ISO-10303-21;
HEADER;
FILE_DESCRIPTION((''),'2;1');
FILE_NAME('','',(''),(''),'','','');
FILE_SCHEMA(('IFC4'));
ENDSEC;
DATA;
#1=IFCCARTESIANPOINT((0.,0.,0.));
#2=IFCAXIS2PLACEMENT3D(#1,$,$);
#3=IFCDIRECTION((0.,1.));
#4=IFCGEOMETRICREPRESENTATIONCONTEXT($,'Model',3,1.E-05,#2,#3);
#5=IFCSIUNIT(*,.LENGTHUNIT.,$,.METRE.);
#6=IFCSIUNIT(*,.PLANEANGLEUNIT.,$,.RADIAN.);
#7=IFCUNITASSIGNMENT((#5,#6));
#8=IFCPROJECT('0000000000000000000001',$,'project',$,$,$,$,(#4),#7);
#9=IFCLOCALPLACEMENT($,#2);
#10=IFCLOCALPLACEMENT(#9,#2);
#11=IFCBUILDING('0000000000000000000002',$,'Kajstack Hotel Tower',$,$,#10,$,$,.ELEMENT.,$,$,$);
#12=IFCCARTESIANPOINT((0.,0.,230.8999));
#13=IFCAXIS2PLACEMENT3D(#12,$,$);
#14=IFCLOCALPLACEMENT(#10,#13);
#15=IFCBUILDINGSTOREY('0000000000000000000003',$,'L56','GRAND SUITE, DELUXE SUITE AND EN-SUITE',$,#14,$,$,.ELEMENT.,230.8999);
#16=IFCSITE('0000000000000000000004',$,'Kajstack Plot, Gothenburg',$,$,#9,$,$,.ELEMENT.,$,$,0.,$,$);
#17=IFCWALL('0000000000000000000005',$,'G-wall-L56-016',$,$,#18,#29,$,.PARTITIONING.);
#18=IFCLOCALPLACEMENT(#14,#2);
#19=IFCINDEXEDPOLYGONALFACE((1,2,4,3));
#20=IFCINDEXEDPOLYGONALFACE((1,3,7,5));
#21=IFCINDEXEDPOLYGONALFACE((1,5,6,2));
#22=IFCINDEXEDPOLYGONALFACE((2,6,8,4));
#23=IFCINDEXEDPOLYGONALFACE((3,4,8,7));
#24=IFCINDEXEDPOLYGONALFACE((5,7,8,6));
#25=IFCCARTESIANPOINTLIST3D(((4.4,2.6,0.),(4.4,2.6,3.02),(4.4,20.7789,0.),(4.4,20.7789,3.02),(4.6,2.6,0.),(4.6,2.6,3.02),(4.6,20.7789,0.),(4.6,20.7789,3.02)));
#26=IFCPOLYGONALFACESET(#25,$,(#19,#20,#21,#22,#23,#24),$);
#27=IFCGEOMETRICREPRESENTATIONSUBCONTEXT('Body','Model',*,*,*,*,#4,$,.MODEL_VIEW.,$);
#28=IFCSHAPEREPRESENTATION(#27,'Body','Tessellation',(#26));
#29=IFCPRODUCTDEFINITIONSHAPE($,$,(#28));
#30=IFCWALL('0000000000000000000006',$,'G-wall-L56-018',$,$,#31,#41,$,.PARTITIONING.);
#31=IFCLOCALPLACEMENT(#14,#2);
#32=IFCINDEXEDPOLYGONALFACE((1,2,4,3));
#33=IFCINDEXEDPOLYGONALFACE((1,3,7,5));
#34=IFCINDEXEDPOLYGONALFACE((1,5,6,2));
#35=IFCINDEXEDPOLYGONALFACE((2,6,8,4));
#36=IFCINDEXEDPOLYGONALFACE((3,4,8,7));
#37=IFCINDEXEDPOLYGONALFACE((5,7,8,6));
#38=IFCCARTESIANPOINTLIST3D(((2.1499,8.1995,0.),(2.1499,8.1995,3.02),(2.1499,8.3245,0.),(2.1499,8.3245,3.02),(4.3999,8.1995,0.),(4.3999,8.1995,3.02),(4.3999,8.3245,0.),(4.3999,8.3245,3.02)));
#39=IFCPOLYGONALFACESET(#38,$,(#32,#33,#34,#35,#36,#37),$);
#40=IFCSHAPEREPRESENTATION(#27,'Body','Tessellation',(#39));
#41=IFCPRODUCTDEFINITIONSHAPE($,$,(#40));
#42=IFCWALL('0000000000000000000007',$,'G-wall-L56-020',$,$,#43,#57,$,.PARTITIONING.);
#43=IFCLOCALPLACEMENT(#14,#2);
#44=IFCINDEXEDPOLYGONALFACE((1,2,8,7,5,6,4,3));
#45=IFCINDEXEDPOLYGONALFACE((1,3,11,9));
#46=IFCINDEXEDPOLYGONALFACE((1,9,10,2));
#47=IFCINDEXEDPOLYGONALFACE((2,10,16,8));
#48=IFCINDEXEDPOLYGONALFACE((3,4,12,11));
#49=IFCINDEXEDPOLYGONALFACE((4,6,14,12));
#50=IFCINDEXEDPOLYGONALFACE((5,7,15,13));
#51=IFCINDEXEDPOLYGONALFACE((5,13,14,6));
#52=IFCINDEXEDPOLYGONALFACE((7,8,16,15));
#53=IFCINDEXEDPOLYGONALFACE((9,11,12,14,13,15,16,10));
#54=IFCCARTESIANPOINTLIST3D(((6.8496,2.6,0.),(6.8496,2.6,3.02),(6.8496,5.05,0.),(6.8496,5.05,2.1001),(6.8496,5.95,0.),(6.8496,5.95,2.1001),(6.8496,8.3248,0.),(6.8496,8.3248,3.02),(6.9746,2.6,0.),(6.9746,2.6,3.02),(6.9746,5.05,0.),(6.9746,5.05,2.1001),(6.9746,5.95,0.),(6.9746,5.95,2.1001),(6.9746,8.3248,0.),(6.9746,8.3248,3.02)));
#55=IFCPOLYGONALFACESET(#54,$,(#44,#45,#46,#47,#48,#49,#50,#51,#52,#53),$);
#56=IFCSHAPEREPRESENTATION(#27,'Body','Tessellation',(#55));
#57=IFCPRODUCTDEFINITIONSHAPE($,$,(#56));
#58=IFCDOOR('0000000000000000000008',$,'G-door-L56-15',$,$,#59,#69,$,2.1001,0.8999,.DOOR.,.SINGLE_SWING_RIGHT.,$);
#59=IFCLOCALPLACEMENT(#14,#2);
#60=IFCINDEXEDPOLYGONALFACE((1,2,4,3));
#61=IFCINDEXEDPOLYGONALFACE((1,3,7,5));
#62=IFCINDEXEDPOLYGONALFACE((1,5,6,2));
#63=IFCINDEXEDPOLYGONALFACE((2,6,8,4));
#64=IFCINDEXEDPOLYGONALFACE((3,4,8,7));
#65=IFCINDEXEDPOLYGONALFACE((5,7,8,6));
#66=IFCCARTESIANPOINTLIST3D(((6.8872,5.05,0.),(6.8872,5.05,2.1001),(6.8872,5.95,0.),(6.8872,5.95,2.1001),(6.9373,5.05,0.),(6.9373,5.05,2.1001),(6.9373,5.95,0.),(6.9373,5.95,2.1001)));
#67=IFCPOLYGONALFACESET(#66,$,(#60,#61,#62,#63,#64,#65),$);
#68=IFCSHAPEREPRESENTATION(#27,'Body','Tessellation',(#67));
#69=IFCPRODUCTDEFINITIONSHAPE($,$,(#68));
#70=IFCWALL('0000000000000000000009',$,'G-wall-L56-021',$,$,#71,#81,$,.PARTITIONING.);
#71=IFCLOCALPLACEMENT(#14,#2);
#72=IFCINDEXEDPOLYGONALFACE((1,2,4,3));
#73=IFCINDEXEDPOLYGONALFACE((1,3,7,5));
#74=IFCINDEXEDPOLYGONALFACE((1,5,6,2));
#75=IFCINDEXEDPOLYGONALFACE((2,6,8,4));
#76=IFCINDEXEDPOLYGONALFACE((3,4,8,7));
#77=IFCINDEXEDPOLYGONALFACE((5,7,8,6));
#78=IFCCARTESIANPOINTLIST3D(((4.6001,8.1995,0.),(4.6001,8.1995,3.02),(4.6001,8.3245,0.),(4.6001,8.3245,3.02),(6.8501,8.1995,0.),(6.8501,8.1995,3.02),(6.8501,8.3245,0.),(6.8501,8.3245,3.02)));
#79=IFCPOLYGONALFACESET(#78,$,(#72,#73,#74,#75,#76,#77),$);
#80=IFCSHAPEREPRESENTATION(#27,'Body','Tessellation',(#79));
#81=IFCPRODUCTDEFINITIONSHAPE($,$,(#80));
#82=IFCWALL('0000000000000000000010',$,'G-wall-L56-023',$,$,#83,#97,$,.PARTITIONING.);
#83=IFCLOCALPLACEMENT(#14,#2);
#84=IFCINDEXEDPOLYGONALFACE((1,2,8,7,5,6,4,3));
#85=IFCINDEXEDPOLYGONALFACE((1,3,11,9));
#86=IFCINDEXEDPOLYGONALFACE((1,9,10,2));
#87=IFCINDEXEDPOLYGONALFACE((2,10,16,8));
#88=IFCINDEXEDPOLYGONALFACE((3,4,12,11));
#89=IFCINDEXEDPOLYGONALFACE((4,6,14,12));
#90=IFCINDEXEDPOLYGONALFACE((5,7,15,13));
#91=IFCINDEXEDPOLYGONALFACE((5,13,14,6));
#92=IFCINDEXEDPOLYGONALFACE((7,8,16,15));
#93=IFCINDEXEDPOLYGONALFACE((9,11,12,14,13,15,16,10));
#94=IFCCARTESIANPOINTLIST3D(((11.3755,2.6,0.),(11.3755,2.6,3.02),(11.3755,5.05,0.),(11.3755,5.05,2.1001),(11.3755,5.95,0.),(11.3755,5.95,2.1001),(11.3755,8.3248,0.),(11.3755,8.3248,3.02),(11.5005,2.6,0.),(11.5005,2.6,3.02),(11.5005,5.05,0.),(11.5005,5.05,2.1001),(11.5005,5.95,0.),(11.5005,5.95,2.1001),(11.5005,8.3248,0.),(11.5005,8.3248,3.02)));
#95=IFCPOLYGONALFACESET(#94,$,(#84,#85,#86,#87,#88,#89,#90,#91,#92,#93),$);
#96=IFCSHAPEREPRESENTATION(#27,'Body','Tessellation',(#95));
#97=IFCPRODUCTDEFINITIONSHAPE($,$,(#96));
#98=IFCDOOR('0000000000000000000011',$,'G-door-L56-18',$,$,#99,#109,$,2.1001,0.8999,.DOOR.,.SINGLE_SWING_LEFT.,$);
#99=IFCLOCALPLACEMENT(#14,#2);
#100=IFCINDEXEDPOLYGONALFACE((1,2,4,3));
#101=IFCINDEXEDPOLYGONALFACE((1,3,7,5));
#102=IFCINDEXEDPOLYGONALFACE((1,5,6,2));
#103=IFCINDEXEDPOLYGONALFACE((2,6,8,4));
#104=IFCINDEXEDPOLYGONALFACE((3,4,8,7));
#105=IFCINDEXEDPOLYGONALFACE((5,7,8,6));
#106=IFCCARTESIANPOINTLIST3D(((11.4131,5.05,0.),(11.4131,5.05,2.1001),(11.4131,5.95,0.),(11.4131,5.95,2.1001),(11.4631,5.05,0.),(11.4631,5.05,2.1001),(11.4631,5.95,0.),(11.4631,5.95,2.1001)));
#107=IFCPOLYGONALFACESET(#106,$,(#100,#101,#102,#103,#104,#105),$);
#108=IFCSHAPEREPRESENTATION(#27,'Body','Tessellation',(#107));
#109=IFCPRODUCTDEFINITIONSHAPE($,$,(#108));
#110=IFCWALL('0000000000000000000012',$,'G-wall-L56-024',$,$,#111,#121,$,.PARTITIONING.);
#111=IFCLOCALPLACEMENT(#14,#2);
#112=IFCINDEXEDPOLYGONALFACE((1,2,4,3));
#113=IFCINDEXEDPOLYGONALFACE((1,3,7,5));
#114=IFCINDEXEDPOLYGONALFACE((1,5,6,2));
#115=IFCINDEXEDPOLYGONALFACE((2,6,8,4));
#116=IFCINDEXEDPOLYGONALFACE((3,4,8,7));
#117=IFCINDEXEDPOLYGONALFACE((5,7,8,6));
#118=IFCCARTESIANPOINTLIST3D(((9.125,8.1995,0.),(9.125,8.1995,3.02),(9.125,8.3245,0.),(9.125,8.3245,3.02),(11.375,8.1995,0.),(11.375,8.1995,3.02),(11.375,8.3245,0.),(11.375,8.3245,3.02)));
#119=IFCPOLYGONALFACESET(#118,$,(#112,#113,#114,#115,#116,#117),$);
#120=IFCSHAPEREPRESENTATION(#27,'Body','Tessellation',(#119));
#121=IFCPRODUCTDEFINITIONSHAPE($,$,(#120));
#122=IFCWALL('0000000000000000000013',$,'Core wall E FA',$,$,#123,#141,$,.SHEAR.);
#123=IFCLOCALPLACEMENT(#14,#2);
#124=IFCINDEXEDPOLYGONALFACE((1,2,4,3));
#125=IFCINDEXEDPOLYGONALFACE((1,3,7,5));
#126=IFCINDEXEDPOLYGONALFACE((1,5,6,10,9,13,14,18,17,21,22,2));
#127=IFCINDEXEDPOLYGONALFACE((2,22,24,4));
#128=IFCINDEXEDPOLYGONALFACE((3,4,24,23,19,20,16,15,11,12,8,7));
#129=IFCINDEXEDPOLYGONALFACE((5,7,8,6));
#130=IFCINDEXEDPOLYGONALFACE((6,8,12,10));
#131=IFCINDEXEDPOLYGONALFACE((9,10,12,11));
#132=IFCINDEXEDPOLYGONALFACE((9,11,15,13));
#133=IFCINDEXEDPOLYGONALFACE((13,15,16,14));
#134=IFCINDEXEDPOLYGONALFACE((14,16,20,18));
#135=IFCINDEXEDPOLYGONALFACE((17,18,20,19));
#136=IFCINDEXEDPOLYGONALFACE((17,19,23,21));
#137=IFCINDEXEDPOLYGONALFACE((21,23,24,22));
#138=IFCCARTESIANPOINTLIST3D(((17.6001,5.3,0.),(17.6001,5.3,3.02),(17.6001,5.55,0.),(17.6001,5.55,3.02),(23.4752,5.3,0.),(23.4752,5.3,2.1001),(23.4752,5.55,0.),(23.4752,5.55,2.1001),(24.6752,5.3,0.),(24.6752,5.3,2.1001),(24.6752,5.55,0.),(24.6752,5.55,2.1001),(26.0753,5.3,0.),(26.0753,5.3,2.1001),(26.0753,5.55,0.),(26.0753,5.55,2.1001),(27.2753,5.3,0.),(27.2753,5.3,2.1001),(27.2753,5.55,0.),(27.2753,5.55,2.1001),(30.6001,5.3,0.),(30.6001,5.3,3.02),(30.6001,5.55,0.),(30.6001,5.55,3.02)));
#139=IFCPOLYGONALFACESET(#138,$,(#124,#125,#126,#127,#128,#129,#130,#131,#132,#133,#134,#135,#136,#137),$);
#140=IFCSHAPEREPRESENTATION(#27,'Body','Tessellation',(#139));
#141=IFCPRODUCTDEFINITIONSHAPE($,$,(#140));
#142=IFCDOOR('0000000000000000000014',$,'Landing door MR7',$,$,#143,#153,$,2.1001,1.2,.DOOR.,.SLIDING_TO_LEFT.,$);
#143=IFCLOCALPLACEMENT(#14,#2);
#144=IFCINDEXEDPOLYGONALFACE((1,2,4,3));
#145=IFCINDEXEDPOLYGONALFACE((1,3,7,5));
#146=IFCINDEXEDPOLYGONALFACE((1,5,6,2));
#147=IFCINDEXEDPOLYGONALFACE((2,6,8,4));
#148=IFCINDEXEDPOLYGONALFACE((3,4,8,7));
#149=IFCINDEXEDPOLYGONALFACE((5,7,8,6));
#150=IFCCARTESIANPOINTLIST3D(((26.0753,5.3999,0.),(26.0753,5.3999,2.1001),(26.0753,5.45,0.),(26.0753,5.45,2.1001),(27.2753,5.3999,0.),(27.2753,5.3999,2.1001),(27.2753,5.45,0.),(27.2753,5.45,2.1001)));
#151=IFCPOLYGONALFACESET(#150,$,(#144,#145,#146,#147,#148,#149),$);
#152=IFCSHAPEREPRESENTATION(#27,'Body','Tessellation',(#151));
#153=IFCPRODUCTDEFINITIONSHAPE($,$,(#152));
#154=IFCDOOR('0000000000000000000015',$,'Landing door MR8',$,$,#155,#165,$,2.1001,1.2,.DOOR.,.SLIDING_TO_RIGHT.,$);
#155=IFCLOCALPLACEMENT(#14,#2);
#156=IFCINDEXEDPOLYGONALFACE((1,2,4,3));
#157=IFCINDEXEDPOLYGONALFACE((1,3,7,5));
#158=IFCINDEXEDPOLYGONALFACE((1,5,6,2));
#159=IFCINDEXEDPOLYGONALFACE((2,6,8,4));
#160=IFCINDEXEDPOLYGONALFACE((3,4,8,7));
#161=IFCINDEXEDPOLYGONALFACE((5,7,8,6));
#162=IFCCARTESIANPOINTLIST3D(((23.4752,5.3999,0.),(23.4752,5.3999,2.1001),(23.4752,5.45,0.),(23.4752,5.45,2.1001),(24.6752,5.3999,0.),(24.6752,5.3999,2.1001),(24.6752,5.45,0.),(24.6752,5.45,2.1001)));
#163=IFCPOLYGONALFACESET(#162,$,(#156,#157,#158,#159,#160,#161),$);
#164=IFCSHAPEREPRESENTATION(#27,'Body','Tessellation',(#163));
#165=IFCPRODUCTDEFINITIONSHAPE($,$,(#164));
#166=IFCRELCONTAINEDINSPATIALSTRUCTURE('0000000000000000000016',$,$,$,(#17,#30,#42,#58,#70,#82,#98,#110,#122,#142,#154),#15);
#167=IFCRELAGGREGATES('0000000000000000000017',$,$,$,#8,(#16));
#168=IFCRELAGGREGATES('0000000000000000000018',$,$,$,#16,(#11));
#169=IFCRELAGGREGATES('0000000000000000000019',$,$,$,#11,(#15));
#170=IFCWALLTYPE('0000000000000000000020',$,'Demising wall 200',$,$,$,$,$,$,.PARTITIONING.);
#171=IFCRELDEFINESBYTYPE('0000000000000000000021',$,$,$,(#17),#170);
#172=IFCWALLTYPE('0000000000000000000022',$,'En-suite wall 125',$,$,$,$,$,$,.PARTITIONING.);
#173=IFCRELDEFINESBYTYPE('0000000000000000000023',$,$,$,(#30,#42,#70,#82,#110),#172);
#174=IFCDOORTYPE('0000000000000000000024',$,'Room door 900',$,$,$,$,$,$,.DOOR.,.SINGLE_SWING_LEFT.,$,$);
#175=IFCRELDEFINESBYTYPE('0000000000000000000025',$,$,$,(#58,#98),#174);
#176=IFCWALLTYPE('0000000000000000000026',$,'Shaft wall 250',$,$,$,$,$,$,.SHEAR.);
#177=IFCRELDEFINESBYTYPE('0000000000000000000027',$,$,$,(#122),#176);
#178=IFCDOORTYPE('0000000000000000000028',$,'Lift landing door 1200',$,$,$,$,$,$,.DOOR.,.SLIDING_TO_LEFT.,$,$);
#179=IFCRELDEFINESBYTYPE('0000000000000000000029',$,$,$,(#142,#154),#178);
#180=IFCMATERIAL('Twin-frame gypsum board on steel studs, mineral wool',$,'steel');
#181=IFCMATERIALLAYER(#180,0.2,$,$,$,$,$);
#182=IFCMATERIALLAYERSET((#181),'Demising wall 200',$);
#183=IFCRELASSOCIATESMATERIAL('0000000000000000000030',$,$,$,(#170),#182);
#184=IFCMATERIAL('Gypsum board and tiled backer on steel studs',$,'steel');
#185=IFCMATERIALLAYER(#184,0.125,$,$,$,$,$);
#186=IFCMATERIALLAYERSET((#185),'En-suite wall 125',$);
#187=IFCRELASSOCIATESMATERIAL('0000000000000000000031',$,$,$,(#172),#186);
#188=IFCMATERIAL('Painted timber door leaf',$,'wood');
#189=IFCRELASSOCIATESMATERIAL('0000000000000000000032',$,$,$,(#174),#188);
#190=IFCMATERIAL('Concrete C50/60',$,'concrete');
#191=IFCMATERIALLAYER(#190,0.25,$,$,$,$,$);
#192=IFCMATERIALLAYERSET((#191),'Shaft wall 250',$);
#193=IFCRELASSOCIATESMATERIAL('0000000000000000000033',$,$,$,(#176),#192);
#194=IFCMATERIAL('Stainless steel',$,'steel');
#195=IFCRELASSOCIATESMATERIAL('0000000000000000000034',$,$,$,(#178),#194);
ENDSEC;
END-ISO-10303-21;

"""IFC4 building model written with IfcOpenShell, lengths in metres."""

from ifc_helpers import new_model, si_unit, direction, frame, frame_2d, origin, place, context, subcontext, project, spatial, rectangle, extrude, material, layer, layer_set, type_object, element, fill, save


model = new_model("IFC4")

# Units and contexts
model_context = context("Model", 3, precision=1e-05, world=origin(), true_north=direction((0.0, 1.0)))
body_context = subcontext(model_context, "Body", "Model", "MODEL_VIEW")
ifc_project = project(units=[si_unit("LENGTHUNIT", "METRE"), si_unit("PLANEANGLEUNIT", "RADIAN")], contexts=[model_context])

# Site, building, storey
site_placement = place(None, origin())
site = spatial("IfcSite", under=ifc_project, at=site_placement, Name="Kajstack Plot, Gothenburg", CompositionType="ELEMENT", RefElevation=0.0)
building_placement = place(site_placement, origin())
building = spatial("IfcBuilding", under=site, at=building_placement, Name="Kajstack Hotel Tower", CompositionType="ELEMENT")
storey_placement = place(building_placement, frame((0.0, 0.0, 230.8999)))
storey = spatial("IfcBuildingStorey", under=building, at=storey_placement, Name="L56", Description="GRAND SUITE, DELUXE SUITE AND EN-SUITE", CompositionType="ELEMENT", Elevation=230.8999)

# Walls
ifc_material_1 = material(Name="Twin-frame gypsum board on steel studs, mineral wool", Category="steel")
ifc_layer_1 = layer(ifc_material_1, 0.2)
ifc_layer_set_1 = layer_set([ifc_layer_1], Name="Demising wall 200")
wall_type_1 = type_object("IfcWallType", Name="Demising wall 200", PredefinedType="PARTITIONING", material=ifc_layer_set_1)
wall_1_placement = place(storey_placement, frame((4.5, 2.6001, 0.0), z_axis=(0.0, 0.0, 1.0), x_axis=(0.0, 1.0, 0.0)))
element("IfcWall", 1, at=wall_1_placement, inside=storey, type_object=wall_type_1, Name="G-wall-L56-016", PredefinedType="PARTITIONING", context=body_context, shape_type="SweptSolid", body=[
    extrude(rectangle(XDim=18.179, YDim=0.2, at=frame_2d((9.0894, 0.0))), origin(), (0.0, 0.0, 1.0), 3.02),
])
ifc_material_2 = material(Name="Gypsum board and tiled backer on steel studs", Category="steel")
ifc_layer_2 = layer(ifc_material_2, 0.125)
ifc_layer_set_2 = layer_set([ifc_layer_2], Name="En-suite wall 125")
wall_type_2 = type_object("IfcWallType", Name="En-suite wall 125", PredefinedType="PARTITIONING", material=ifc_layer_set_2)
wall_2_placement = place(storey_placement, frame((2.1499, 8.262, 0.0), z_axis=(0.0, 0.0, 1.0), x_axis=(1.0, 0.0, 0.0)))
element("IfcWall", 2, at=wall_2_placement, inside=storey, type_object=wall_type_2, Name="G-wall-L56-018", PredefinedType="PARTITIONING", context=body_context, shape_type="SweptSolid", body=[
    extrude(rectangle(XDim=2.25, YDim=0.125, at=frame_2d((1.125, 0.0))), origin(), (0.0, 0.0, 1.0), 3.02),
])

# Wall, opening, door
wall_3_placement = place(storey_placement, frame((6.9121, 2.6001, 0.0), z_axis=(0.0, 0.0, 1.0), x_axis=(0.0, 1.0, 0.0)))
wall_3 = element("IfcWall", 3, at=wall_3_placement, inside=storey, type_object=wall_type_2, Name="G-wall-L56-020", PredefinedType="PARTITIONING", context=body_context, shape_type="SweptSolid", body=[
    extrude(rectangle(XDim=5.7249, YDim=0.125, at=frame_2d((2.8623, 0.0))), origin(), (0.0, 0.0, 1.0), 3.02),
])
opening_1_placement = place(wall_3_placement, frame((2.45, 0.0, 0.0)))
opening_1 = element("IfcOpeningElement", 4, at=opening_1_placement, cuts=wall_3, PredefinedType="OPENING", context=body_context, shape_type="SweptSolid", body=[
    extrude(rectangle(XDim=0.8999, YDim=2.1001, at=frame_2d((0.45, 1.05))), frame((0.0, 0.0725, 0.0), z_axis=(0.0, -1.0, 0.0), x_axis=(1.0, 0.0, 0.0)), (0.0, 0.0, 1.0), 0.145),
])
ifc_material_3 = material(Name="Painted timber door leaf", Category="wood")
door_type_1 = type_object("IfcDoorType", Name="Room door 900", OperationType="SINGLE_SWING_LEFT", PredefinedType="DOOR", material=ifc_material_3)
door_1_placement = place(opening_1_placement, origin())
door_1 = element("IfcDoor", 5, at=door_1_placement, inside=storey, type_object=door_type_1, Name="G-door-L56-15", OperationType="SINGLE_SWING_RIGHT", OverallHeight=2.1001, OverallWidth=0.8999, PredefinedType="DOOR", context=body_context, shape_type="SweptSolid", body=[
    extrude(rectangle(XDim=0.8999, YDim=2.1001, at=frame_2d((0.45, 1.05))), frame((0.0, 0.0249, 0.0), z_axis=(0.0, -1.0, 0.0), x_axis=(1.0, 0.0, 0.0)), (0.0, 0.0, 1.0), 0.05),
])
fill(opening_1, door_1)

# Wall
wall_4_placement = place(storey_placement, frame((4.6001, 8.262, 0.0), z_axis=(0.0, 0.0, 1.0), x_axis=(1.0, 0.0, 0.0)))
element("IfcWall", 6, at=wall_4_placement, inside=storey, type_object=wall_type_2, Name="G-wall-L56-021", PredefinedType="PARTITIONING", context=body_context, shape_type="SweptSolid", body=[
    extrude(rectangle(XDim=2.25, YDim=0.125, at=frame_2d((1.125, 0.0))), origin(), (0.0, 0.0, 1.0), 3.02),
])

# Wall, opening, door
wall_5_placement = place(storey_placement, frame((11.438, 2.6001, 0.0), z_axis=(0.0, 0.0, 1.0), x_axis=(0.0, 1.0, 0.0)))
wall_5 = element("IfcWall", 7, at=wall_5_placement, inside=storey, type_object=wall_type_2, Name="G-wall-L56-023", PredefinedType="PARTITIONING", context=body_context, shape_type="SweptSolid", body=[
    extrude(rectangle(XDim=5.7249, YDim=0.125, at=frame_2d((2.8623, 0.0))), origin(), (0.0, 0.0, 1.0), 3.02),
])
opening_2_placement = place(wall_5_placement, frame((2.45, 0.0, 0.0)))
opening_2 = element("IfcOpeningElement", 8, at=opening_2_placement, cuts=wall_5, PredefinedType="OPENING", context=body_context, shape_type="SweptSolid", body=[
    extrude(rectangle(XDim=0.8999, YDim=2.1001, at=frame_2d((0.45, 1.05))), frame((0.0, 0.0725, 0.0), z_axis=(0.0, -1.0, 0.0), x_axis=(1.0, 0.0, 0.0)), (0.0, 0.0, 1.0), 0.145),
])
door_2_placement = place(opening_2_placement, origin())
door_2 = element("IfcDoor", 9, at=door_2_placement, inside=storey, type_object=door_type_1, Name="G-door-L56-18", OperationType="SINGLE_SWING_LEFT", OverallHeight=2.1001, OverallWidth=0.8999, PredefinedType="DOOR", context=body_context, shape_type="SweptSolid", body=[
    extrude(rectangle(XDim=0.8999, YDim=2.1001, at=frame_2d((0.45, 1.05))), frame((0.0, 0.0249, 0.0), z_axis=(0.0, -1.0, 0.0), x_axis=(1.0, 0.0, 0.0)), (0.0, 0.0, 1.0), 0.05),
])
fill(opening_2, door_2)

# Wall
wall_6_placement = place(storey_placement, frame((9.125, 8.262, 0.0), z_axis=(0.0, 0.0, 1.0), x_axis=(1.0, 0.0, 0.0)))
element("IfcWall", 10, at=wall_6_placement, inside=storey, type_object=wall_type_2, Name="G-wall-L56-024", PredefinedType="PARTITIONING", context=body_context, shape_type="SweptSolid", body=[
    extrude(rectangle(XDim=2.25, YDim=0.125, at=frame_2d((1.125, 0.0))), origin(), (0.0, 0.0, 1.0), 3.02),
])

# Wall, openings, doors
ifc_material_4 = material(Name="Concrete C50/60", Category="concrete")
ifc_layer_3 = layer(ifc_material_4, 0.25)
ifc_layer_set_3 = layer_set([ifc_layer_3], Name="Shaft wall 250")
wall_type_3 = type_object("IfcWallType", Name="Shaft wall 250", PredefinedType="SHEAR", material=ifc_layer_set_3)
wall_7_placement = place(storey_placement, frame((17.6001, 5.425, 0.0), z_axis=(0.0, 0.0, 1.0), x_axis=(1.0, 0.0, 0.0)))
wall_7 = element("IfcWall", 11, at=wall_7_placement, inside=storey, type_object=wall_type_3, Name="Core wall E FA", PredefinedType="SHEAR", context=body_context, shape_type="SweptSolid", body=[
    extrude(rectangle(XDim=13.0, YDim=0.25, at=frame_2d((6.5, 0.0))), origin(), (0.0, 0.0, 1.0), 3.02),
])
opening_3_placement = place(wall_7_placement, frame((8.4751, 0.0, 0.0)))
opening_3 = element("IfcOpeningElement", 12, at=opening_3_placement, cuts=wall_7, PredefinedType="OPENING", context=body_context, shape_type="SweptSolid", body=[
    extrude(rectangle(XDim=1.2, YDim=2.1001, at=frame_2d((0.6001, 1.05))), frame((0.0, 0.135, 0.0), z_axis=(0.0, -1.0, 0.0), x_axis=(1.0, 0.0, 0.0)), (0.0, 0.0, 1.0), 0.27),
])
opening_4_placement = place(wall_7_placement, frame((5.875, 0.0, 0.0)))
opening_4 = element("IfcOpeningElement", 13, at=opening_4_placement, cuts=wall_7, PredefinedType="OPENING", context=body_context, shape_type="SweptSolid", body=[
    extrude(rectangle(XDim=1.2, YDim=2.1001, at=frame_2d((0.6001, 1.05))), frame((0.0, 0.135, 0.0), z_axis=(0.0, -1.0, 0.0), x_axis=(1.0, 0.0, 0.0)), (0.0, 0.0, 1.0), 0.27),
])
ifc_material_5 = material(Name="Stainless steel", Category="steel")
door_type_2 = type_object("IfcDoorType", Name="Lift landing door 1200", OperationType="SLIDING_TO_LEFT", PredefinedType="DOOR", material=ifc_material_5)
door_3_placement = place(opening_3_placement, origin())
door_3 = element("IfcDoor", 14, at=door_3_placement, inside=storey, type_object=door_type_2, Name="Landing door MR7", OperationType="SLIDING_TO_LEFT", OverallHeight=2.1001, OverallWidth=1.2, PredefinedType="DOOR", context=body_context, shape_type="SweptSolid", body=[
    extrude(rectangle(XDim=1.2, YDim=2.1001, at=frame_2d((0.6001, 1.05))), frame((0.0, 0.0249, 0.0), z_axis=(0.0, -1.0, 0.0), x_axis=(1.0, 0.0, 0.0)), (0.0, 0.0, 1.0), 0.05),
])
fill(opening_3, door_3)
door_4_placement = place(opening_4_placement, origin())
door_4 = element("IfcDoor", 15, at=door_4_placement, inside=storey, type_object=door_type_2, Name="Landing door MR8", OperationType="SLIDING_TO_RIGHT", OverallHeight=2.1001, OverallWidth=1.2, PredefinedType="DOOR", context=body_context, shape_type="SweptSolid", body=[
    extrude(rectangle(XDim=1.2, YDim=2.1001, at=frame_2d((0.6001, 1.05))), frame((0.0, 0.0249, 0.0), z_axis=(0.0, -1.0, 0.0), x_axis=(1.0, 0.0, 0.0)), (0.0, 0.0, 1.0), 0.05),
])
fill(opening_4, door_4)

save(model, "model.ifc")
